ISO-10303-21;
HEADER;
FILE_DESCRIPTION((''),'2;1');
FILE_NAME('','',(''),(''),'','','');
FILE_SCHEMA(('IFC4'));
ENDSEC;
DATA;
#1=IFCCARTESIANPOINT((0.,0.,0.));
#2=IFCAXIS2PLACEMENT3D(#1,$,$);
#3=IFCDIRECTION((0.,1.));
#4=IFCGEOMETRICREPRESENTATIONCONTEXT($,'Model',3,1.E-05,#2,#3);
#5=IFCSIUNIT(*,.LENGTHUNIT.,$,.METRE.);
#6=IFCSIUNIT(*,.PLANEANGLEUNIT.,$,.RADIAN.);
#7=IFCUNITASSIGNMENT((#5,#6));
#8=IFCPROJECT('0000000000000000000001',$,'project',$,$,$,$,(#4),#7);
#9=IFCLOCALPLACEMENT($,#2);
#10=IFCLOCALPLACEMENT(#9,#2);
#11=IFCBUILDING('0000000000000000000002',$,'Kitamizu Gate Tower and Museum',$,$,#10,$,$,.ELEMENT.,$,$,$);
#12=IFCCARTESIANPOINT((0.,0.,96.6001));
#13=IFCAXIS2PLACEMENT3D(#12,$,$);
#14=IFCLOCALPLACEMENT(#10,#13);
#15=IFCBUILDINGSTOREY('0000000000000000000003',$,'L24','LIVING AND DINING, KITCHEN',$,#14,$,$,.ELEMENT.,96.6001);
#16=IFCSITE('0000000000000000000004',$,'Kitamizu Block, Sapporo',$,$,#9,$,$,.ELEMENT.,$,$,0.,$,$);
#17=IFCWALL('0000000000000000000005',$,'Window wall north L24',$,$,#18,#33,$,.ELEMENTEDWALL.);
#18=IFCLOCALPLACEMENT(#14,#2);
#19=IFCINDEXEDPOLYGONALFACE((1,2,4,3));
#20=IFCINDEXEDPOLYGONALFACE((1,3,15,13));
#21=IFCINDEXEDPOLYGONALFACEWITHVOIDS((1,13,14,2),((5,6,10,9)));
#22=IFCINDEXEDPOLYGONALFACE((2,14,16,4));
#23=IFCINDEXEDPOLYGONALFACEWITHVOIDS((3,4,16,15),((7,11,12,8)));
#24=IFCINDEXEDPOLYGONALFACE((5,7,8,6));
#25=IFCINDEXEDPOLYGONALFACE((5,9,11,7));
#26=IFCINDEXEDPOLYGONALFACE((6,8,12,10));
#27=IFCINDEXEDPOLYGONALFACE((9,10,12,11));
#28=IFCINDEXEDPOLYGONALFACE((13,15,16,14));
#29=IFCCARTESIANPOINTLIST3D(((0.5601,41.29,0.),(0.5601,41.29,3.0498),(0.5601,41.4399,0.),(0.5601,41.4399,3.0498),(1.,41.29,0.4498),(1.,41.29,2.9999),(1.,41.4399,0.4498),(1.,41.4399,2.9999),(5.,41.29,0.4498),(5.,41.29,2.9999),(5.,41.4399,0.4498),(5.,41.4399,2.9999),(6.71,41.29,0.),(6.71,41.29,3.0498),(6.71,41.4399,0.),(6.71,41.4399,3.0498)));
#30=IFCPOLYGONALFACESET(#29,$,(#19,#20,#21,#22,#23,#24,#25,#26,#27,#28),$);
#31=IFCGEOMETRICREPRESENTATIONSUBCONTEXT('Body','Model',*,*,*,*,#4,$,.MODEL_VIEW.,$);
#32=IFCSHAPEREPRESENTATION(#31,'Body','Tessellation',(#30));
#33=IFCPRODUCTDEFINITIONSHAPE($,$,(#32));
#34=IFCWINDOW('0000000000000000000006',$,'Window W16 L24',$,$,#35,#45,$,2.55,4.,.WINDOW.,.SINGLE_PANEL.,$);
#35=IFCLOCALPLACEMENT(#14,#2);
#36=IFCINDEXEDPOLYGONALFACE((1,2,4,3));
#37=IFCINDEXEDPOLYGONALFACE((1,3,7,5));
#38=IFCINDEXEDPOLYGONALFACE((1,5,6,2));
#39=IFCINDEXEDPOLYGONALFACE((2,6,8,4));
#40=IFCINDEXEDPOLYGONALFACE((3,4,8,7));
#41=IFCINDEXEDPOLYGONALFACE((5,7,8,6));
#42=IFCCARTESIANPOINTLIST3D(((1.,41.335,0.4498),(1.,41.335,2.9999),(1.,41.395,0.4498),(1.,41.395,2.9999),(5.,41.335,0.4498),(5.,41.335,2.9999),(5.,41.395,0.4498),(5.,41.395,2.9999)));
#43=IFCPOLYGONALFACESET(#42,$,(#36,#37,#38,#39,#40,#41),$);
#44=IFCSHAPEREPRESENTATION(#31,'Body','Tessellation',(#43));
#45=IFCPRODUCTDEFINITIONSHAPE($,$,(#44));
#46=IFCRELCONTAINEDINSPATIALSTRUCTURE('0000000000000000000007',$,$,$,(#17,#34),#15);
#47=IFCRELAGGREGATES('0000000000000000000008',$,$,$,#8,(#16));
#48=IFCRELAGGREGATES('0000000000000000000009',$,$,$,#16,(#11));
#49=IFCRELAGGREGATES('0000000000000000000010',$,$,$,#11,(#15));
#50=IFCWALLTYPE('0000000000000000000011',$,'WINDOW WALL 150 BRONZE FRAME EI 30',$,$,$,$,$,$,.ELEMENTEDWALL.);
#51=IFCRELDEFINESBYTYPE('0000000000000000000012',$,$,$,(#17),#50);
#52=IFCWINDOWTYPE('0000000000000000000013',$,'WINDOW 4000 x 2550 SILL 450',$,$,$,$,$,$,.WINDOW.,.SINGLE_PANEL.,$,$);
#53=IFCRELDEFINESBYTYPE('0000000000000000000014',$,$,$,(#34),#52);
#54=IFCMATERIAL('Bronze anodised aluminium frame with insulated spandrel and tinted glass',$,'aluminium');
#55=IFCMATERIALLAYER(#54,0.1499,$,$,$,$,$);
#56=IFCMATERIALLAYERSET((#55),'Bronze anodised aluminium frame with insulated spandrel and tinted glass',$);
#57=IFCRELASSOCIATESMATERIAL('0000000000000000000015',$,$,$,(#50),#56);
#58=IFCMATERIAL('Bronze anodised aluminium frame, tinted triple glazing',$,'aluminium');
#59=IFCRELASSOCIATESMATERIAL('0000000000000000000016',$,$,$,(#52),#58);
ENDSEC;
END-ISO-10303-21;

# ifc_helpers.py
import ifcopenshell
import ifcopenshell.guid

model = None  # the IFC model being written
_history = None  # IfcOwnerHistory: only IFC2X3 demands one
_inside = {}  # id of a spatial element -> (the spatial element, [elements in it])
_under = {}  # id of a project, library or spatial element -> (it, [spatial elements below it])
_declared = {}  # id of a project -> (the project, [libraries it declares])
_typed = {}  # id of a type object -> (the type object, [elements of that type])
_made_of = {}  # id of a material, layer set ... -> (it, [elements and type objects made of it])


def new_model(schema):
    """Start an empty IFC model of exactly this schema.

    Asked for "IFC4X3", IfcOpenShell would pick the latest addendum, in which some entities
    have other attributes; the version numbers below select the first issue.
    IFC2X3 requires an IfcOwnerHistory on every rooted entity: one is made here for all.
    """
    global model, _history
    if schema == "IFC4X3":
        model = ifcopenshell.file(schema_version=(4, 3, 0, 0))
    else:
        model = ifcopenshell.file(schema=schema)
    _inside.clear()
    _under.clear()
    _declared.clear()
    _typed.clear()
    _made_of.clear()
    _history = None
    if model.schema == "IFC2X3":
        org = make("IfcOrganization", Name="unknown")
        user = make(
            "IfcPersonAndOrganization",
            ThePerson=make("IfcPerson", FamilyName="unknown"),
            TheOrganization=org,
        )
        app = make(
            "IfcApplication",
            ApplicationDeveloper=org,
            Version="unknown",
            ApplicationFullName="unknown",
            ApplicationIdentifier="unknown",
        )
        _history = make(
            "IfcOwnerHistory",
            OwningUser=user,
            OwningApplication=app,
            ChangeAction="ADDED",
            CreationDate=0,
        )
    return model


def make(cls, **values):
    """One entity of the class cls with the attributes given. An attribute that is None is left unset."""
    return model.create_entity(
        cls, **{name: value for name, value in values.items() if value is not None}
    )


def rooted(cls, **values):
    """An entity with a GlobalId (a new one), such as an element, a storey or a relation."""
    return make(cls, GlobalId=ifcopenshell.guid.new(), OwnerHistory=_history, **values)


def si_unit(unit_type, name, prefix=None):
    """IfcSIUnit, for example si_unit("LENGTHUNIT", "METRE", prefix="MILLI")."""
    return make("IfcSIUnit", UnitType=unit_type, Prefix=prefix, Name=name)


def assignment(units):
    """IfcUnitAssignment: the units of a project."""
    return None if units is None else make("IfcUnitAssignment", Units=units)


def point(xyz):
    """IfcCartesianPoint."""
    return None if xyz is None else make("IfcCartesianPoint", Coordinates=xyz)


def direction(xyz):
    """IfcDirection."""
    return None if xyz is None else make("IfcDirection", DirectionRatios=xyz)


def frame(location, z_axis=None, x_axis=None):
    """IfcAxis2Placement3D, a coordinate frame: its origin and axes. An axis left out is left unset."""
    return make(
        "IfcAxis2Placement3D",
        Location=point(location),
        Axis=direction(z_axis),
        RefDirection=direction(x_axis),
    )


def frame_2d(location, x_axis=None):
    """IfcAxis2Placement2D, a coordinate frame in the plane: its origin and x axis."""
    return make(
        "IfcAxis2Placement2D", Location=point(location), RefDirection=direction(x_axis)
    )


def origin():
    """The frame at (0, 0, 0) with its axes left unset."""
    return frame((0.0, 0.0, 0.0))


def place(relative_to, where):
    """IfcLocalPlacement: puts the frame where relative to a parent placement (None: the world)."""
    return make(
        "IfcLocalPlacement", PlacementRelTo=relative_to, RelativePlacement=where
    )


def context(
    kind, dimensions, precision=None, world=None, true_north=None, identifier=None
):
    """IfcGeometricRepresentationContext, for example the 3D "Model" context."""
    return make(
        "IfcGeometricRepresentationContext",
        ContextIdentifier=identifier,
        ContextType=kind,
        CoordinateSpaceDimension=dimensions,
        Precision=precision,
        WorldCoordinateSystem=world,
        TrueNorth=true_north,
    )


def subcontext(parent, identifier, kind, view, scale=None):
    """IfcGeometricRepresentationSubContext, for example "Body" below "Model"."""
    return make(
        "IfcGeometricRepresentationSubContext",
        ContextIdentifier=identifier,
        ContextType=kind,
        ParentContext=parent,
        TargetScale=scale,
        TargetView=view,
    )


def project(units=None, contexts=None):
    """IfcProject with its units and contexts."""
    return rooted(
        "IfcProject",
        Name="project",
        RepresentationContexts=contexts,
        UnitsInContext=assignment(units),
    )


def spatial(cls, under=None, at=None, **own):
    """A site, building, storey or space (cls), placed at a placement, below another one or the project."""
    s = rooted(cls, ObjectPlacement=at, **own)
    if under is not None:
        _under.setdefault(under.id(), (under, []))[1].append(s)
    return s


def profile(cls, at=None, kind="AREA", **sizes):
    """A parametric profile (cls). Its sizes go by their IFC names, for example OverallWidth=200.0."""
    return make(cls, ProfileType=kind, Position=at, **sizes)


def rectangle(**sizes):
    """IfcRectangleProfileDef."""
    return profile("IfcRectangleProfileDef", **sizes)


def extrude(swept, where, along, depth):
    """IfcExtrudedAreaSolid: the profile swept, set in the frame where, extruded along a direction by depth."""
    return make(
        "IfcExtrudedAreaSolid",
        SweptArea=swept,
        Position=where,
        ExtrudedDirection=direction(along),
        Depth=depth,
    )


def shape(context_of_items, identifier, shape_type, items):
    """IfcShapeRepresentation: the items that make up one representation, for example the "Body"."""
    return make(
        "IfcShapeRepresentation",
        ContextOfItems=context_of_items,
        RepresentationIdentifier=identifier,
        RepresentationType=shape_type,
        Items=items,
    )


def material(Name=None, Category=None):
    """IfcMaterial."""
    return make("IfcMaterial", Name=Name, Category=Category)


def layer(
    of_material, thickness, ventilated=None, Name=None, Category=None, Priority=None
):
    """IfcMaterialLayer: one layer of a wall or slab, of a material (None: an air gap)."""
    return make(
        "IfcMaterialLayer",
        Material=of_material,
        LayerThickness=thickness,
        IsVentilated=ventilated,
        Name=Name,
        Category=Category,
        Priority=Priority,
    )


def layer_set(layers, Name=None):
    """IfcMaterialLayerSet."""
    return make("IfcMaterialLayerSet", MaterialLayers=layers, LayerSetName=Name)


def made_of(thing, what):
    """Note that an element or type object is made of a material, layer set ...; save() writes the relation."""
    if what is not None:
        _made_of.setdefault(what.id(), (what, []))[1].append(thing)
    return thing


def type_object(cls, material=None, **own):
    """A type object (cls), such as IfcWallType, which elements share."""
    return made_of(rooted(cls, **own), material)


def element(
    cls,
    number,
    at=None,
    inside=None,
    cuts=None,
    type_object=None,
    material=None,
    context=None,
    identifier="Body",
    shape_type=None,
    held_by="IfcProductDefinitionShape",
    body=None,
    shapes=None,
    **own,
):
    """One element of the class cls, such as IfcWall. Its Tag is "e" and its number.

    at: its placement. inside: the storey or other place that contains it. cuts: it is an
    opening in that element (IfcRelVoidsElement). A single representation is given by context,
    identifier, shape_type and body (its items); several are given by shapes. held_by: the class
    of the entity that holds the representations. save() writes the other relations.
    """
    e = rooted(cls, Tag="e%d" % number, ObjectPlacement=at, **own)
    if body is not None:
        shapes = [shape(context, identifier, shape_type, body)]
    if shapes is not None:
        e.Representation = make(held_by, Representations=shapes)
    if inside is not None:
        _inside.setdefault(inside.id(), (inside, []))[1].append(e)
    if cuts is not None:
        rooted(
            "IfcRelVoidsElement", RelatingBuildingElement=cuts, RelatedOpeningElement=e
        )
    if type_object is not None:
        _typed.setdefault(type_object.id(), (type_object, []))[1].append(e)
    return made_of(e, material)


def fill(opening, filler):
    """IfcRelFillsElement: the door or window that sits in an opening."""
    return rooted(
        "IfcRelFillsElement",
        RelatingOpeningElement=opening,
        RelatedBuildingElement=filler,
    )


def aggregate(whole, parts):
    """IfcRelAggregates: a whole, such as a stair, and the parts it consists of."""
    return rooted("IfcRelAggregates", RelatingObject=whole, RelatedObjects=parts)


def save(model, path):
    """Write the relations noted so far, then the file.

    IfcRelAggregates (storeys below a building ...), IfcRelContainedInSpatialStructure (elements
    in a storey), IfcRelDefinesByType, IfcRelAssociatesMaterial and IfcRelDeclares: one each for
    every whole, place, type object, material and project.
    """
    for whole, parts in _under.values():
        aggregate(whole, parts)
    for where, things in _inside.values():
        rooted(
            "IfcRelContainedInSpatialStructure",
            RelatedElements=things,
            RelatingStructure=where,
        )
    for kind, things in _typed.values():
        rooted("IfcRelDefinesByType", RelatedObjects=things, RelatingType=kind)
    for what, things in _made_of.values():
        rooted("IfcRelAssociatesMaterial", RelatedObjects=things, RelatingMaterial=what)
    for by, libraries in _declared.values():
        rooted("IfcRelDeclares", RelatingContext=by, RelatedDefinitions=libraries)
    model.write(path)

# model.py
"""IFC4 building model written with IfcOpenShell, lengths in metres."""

from ifc_helpers import new_model, si_unit, direction, frame, frame_2d, origin, place, context, subcontext, project, spatial, rectangle, extrude, material, layer, layer_set, type_object, element, fill, save


model = new_model("IFC4")

# Units and contexts
model_context = context("Model", 3, precision=1e-05, world=origin(), true_north=direction((0.0, 1.0)))
body_context = subcontext(model_context, "Body", "Model", "MODEL_VIEW")
ifc_project = project(units=[si_unit("LENGTHUNIT", "METRE"), si_unit("PLANEANGLEUNIT", "RADIAN")], contexts=[model_context])

# Site, building, storey
site_placement = place(None, origin())
site = spatial("IfcSite", under=ifc_project, at=site_placement, Name="Kitamizu Block, Sapporo", CompositionType="ELEMENT", RefElevation=0.0)
building_placement = place(site_placement, origin())
building = spatial("IfcBuilding", under=site, at=building_placement, Name="Kitamizu Gate Tower and Museum", CompositionType="ELEMENT")
storey_placement = place(building_placement, frame((0.0, 0.0, 96.6001)))
storey = spatial("IfcBuildingStorey", under=building, at=storey_placement, Name="L24", Description="LIVING AND DINING, KITCHEN", CompositionType="ELEMENT", Elevation=96.6001)

# Shared definitions
ifc_material_1 = material(Name="Bronze anodised aluminium frame with insulated spandrel and tinted glass", Category="aluminium")
ifc_layer_1 = layer(ifc_material_1, 0.1499)
ifc_layer_set_1 = layer_set([ifc_layer_1], Name="Bronze anodised aluminium frame with insulated spandrel and tinted glass")
wall_type_1 = type_object("IfcWallType", Name="WINDOW WALL 150 BRONZE FRAME EI 30", PredefinedType="ELEMENTEDWALL", material=ifc_layer_set_1)

# Wall, opening, window
ifc_material_2 = material(Name="Bronze anodised aluminium frame, tinted triple glazing", Category="aluminium")
window_type_1 = type_object("IfcWindowType", Name="WINDOW 4000 x 2550 SILL 450", PartitioningType="SINGLE_PANEL", PredefinedType="WINDOW", material=ifc_material_2)
wall_1_placement = place(storey_placement, frame((0.5601, 41.365, 0.0), z_axis=(0.0, 0.0, 1.0), x_axis=(1.0, 0.0, 0.0)))
wall_1 = element("IfcWall", 1, at=wall_1_placement, inside=storey, type_object=wall_type_1, Name="Window wall north L24", PredefinedType="ELEMENTEDWALL", context=body_context, shape_type="SweptSolid", body=[
    extrude(rectangle(XDim=6.1499, YDim=0.1499, at=frame_2d((3.075, 0.0))), origin(), (0.0, 0.0, 1.0), 3.0498),
])
opening_1_placement = place(wall_1_placement, frame((0.4399, 0.0, 0.45)))
opening_1 = element("IfcOpeningElement", 2, at=opening_1_placement, cuts=wall_1, PredefinedType="OPENING", context=body_context, shape_type="SweptSolid", body=[
    extrude(rectangle(XDim=4.0, YDim=2.55, at=frame_2d((2.0, 1.2749))), frame((0.0, 0.085, 0.0), z_axis=(0.0, -1.0, 0.0), x_axis=(1.0, 0.0, 0.0)), (0.0, 0.0, 1.0), 0.1699),
])
window_1_placement = place(opening_1_placement, origin())
window_1 = element("IfcWindow", 3, at=window_1_placement, inside=storey, type_object=window_type_1, Name="Window W16 L24", OverallHeight=2.55, OverallWidth=4.0, PartitioningType="SINGLE_PANEL", PredefinedType="WINDOW", context=body_context, shape_type="SweptSolid", body=[
    extrude(rectangle(XDim=4.0, YDim=2.55, at=frame_2d((2.0, 1.2749))), frame((0.0, 0.03, 0.0), z_axis=(0.0, -1.0, 0.0), x_axis=(1.0, 0.0, 0.0)), (0.0, 0.0, 1.0), 0.0601),
])
fill(opening_1, window_1)

save(model, "model.ifc")
